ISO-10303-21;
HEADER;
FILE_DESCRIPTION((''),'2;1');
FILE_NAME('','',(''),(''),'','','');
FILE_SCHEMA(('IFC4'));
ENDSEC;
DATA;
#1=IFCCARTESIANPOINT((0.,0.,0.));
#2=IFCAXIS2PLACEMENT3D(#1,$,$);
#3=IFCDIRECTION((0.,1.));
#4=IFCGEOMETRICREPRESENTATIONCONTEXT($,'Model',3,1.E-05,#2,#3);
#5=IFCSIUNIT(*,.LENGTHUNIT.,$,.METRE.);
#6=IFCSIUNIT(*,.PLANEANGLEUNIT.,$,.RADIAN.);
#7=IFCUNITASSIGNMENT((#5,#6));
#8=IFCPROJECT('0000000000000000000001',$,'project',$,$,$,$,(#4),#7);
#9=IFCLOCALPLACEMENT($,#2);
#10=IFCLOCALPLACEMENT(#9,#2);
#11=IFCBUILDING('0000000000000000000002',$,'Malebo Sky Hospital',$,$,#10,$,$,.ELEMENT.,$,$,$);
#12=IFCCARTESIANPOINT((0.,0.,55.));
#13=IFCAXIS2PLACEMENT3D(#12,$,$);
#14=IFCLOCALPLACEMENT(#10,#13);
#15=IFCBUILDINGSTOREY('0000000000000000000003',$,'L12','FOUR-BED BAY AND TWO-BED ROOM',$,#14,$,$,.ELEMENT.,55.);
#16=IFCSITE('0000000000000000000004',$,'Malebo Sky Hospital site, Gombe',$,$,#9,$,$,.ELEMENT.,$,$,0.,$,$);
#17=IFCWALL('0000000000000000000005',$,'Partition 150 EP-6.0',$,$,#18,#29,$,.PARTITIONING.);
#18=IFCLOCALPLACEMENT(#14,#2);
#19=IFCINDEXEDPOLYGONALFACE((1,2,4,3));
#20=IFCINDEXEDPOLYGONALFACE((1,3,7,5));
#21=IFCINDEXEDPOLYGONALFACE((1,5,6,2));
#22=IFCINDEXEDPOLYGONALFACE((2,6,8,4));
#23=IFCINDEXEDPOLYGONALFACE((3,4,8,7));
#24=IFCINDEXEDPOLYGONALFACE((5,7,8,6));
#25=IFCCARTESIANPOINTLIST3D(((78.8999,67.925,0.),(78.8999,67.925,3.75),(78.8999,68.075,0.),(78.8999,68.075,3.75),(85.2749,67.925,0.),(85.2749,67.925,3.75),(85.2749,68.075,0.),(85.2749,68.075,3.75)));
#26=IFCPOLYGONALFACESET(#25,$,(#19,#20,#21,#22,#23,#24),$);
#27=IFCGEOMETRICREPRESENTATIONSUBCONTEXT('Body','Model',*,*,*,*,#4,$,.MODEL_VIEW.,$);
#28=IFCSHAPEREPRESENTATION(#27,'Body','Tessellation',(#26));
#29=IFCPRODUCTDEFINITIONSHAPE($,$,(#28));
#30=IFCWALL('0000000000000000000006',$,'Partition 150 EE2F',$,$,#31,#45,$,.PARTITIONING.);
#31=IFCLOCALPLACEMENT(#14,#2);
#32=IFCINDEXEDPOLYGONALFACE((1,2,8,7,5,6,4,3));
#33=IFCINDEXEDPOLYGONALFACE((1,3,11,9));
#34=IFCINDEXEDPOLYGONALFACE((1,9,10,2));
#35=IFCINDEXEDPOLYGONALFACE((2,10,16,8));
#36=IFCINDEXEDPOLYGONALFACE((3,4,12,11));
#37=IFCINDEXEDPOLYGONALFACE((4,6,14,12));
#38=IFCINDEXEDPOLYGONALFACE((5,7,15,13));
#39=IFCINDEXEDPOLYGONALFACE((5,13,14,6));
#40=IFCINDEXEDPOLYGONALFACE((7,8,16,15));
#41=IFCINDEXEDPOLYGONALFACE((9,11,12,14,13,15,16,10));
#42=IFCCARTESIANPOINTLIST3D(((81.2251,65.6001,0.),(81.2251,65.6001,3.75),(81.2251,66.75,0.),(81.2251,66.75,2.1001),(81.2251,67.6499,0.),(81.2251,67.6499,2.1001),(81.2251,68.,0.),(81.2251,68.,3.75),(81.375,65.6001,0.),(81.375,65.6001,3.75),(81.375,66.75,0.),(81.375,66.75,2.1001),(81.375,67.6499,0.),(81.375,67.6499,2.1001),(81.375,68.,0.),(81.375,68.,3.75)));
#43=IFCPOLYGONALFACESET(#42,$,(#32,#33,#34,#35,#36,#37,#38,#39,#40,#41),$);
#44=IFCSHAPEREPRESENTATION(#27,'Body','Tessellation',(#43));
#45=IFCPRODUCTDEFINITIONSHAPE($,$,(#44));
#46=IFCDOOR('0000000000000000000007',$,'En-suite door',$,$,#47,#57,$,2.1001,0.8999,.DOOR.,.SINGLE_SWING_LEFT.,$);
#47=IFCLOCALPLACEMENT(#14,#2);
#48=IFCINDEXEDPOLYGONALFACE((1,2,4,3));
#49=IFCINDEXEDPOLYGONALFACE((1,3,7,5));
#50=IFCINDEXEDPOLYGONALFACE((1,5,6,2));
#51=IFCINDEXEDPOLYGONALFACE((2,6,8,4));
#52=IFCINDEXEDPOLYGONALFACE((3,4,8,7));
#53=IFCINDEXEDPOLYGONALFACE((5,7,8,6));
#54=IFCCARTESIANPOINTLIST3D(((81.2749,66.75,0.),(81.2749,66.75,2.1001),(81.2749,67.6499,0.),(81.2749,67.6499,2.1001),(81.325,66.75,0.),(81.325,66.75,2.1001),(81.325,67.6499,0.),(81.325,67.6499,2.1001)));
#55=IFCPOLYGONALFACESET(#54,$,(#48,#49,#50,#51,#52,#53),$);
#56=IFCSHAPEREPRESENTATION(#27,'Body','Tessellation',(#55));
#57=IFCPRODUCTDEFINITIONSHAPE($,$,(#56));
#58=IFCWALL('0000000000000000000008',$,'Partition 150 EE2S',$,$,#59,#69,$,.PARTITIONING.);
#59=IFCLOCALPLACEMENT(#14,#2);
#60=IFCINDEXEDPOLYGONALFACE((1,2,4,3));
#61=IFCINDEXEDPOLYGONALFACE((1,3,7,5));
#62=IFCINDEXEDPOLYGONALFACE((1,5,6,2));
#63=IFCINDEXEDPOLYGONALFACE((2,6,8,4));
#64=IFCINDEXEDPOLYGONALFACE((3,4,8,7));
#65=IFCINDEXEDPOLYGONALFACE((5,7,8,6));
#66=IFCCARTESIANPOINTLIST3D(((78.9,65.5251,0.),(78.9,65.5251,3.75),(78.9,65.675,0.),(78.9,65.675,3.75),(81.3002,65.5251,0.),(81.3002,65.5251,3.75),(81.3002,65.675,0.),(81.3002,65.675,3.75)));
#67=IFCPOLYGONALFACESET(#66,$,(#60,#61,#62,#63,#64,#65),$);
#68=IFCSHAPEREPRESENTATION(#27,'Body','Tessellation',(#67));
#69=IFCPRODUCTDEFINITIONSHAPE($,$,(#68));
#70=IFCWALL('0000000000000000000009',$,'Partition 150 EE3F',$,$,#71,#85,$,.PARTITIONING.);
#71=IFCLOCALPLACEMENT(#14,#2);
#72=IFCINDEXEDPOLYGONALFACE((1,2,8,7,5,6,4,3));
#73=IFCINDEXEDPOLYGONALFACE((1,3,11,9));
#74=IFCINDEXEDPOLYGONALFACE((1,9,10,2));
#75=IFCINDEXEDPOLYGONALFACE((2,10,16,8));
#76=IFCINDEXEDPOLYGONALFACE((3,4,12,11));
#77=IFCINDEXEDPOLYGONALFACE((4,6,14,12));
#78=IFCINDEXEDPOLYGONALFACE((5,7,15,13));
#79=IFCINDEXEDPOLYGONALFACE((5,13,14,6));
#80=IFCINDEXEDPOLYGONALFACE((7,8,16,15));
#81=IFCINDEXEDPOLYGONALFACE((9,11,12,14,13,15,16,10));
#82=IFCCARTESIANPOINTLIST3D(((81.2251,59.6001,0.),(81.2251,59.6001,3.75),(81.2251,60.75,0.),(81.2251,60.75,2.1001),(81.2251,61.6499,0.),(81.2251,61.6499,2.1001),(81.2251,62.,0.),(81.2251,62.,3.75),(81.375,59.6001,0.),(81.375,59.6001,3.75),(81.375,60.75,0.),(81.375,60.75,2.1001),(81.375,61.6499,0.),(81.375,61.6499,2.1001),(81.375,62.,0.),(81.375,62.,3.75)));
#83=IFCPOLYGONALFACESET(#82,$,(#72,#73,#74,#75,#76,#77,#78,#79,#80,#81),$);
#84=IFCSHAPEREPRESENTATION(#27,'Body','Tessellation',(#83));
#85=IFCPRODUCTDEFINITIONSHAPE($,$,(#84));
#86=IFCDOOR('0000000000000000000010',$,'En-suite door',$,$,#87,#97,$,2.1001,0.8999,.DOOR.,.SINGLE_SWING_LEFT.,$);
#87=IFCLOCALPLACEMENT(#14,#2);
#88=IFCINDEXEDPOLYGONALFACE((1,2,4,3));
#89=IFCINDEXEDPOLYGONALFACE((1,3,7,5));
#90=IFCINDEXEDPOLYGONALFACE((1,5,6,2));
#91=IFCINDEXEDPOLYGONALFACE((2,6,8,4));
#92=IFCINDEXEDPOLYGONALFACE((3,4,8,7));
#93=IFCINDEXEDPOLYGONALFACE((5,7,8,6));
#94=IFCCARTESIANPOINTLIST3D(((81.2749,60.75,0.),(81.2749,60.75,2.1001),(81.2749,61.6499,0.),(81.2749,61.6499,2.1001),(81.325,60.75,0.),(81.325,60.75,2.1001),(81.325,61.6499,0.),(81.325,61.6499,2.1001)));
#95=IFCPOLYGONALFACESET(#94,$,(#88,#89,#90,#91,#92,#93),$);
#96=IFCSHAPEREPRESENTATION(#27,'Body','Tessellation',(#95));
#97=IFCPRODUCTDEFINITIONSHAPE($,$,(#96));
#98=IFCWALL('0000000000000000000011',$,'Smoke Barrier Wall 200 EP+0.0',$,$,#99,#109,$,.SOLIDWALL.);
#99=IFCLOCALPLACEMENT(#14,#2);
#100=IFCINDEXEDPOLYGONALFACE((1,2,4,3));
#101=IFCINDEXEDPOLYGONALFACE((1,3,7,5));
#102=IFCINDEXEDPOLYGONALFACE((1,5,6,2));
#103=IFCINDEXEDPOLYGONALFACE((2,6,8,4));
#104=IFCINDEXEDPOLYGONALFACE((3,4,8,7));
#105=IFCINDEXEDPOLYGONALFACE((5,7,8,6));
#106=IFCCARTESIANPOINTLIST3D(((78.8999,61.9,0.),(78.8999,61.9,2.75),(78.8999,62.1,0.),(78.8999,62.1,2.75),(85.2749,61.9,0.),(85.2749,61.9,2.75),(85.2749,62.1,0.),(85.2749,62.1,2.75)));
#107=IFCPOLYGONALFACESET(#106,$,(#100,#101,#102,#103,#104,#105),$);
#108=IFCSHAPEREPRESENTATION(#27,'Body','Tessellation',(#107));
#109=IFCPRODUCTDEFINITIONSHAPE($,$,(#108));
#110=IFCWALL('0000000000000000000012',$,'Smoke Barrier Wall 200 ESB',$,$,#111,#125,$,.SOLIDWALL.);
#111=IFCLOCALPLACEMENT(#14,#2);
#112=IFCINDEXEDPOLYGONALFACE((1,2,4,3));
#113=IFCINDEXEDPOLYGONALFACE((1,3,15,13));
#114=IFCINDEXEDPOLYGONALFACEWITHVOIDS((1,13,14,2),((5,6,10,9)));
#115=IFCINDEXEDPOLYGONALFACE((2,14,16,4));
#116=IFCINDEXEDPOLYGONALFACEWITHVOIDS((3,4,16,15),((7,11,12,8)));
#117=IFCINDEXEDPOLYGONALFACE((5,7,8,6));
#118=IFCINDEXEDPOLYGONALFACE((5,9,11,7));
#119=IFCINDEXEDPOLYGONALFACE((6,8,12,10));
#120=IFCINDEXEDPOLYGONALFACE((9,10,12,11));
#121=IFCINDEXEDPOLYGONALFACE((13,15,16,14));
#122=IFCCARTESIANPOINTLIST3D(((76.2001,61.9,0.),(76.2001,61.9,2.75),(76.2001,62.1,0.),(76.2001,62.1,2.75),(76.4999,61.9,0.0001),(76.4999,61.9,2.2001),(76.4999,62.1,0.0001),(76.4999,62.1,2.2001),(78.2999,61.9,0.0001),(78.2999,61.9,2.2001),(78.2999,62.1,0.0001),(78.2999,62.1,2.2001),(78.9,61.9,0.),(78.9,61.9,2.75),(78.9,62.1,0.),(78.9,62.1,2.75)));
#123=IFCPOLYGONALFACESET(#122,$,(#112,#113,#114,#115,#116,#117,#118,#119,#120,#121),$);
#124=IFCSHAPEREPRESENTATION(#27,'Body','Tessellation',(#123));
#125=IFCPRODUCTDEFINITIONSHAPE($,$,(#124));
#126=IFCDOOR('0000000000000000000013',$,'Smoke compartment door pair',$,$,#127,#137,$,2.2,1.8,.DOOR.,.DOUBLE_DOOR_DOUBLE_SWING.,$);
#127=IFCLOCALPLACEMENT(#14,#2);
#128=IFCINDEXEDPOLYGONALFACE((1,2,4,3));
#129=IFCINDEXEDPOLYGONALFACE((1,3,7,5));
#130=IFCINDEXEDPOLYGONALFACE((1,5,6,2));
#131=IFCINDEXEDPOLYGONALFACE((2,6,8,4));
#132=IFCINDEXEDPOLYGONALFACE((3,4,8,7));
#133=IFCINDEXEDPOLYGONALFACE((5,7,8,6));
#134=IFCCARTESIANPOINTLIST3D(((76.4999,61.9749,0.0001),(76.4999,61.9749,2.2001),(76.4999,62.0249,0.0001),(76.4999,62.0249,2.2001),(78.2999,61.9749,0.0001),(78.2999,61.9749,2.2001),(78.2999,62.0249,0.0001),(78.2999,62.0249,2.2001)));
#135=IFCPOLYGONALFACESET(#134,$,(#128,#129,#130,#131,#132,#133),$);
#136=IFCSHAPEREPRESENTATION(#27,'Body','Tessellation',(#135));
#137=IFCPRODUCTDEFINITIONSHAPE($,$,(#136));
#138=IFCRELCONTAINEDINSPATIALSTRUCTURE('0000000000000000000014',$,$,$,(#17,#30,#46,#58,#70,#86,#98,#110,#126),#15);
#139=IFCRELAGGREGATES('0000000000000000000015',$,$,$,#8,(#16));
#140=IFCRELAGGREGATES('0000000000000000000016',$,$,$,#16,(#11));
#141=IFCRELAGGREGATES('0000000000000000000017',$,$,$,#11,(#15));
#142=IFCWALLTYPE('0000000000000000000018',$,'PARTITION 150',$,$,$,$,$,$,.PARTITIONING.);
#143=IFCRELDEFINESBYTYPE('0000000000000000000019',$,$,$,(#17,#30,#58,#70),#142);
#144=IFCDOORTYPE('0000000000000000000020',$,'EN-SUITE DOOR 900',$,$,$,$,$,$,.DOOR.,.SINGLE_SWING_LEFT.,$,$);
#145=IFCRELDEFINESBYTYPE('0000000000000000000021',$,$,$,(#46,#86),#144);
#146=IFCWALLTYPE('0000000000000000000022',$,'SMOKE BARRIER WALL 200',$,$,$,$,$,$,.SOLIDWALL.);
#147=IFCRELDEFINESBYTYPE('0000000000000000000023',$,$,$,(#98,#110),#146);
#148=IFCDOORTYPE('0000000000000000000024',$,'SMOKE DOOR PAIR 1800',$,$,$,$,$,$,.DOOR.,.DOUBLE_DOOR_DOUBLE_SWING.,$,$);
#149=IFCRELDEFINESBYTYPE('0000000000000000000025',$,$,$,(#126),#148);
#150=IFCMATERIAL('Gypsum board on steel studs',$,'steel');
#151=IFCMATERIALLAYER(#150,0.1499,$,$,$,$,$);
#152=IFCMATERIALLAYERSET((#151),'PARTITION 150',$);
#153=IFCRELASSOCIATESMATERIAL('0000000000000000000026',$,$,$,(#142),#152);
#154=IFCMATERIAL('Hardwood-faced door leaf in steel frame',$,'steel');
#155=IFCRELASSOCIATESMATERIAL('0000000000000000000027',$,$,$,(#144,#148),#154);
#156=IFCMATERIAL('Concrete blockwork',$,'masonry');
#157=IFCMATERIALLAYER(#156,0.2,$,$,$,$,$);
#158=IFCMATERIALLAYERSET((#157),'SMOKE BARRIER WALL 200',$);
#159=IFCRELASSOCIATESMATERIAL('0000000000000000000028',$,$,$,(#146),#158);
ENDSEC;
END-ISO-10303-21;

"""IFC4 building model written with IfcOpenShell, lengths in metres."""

from ifc_helpers import new_model, si_unit, direction, frame, frame_2d, origin, place, context, subcontext, project, spatial, rectangle, extrude, material, layer, layer_set, type_object, element, fill, save


model = new_model("IFC4")

# Units and contexts
model_context = context("Model", 3, precision=1e-05, world=origin(), true_north=direction((0.0, 1.0)))
body_context = subcontext(model_context, "Body", "Model", "MODEL_VIEW")
ifc_project = project(units=[si_unit("LENGTHUNIT", "METRE"), si_unit("PLANEANGLEUNIT", "RADIAN")], contexts=[model_context])

# Site, building, storey
site_placement = place(None, origin())
site = spatial("IfcSite", under=ifc_project, at=site_placement, Name="Malebo Sky Hospital site, Gombe", CompositionType="ELEMENT", RefElevation=0.0)
building_placement = place(site_placement, origin())
building = spatial("IfcBuilding", under=site, at=building_placement, Name="Malebo Sky Hospital", CompositionType="ELEMENT")
storey_placement = place(building_placement, frame((0.0, 0.0, 55.0)))
storey = spatial("IfcBuildingStorey", under=building, at=storey_placement, Name="L12", Description="FOUR-BED BAY AND TWO-BED ROOM", CompositionType="ELEMENT", Elevation=55.0)

# Shared definitions
ifc_material_1 = material(Name="Gypsum board on steel studs", Category="steel")
ifc_material_2 = material(Name="Hardwood-faced door leaf in steel frame", Category="steel")

# Wall
ifc_layer_1 = layer(ifc_material_1, 0.1499)
ifc_layer_set_1 = layer_set([ifc_layer_1], Name="PARTITION 150")
wall_type_1 = type_object("IfcWallType", Name="PARTITION 150", PredefinedType="PARTITIONING", material=ifc_layer_set_1)
wall_1_placement = place(storey_placement, frame((78.8999, 68.0, 0.0), z_axis=(0.0, 0.0, 1.0), x_axis=(1.0, 0.0, 0.0)))
element("IfcWall", 1, at=wall_1_placement, inside=storey, type_object=wall_type_1, Name="Partition 150 EP-6.0", PredefinedType="PARTITIONING", context=body_context, shape_type="SweptSolid", body=[
    extrude(rectangle(XDim=6.375, YDim=0.1499, at=frame_2d((3.1875, 0.0))), origin(), (0.0, 0.0, 1.0), 3.75),
])

# Wall, opening, door
wall_2_placement = place(storey_placement, frame((81.3, 68.0, 0.0), z_axis=(0.0, 0.0, 1.0), x_axis=(0.0, -1.0, 0.0)))
wall_2 = element("IfcWall", 2, at=wall_2_placement, inside=storey, type_object=wall_type_1, Name="Partition 150 EE2F", PredefinedType="PARTITIONING", context=body_context, shape_type="SweptSolid", body=[
    extrude(rectangle(XDim=2.3999, YDim=0.1499, at=frame_2d((1.2, 0.0))), origin(), (0.0, 0.0, 1.0), 3.75),
])
opening_1_placement = place(wall_2_placement, frame((0.3501, 0.0, 0.0)))
opening_1 = element("IfcOpeningElement", 3, at=opening_1_placement, cuts=wall_2, PredefinedType="OPENING", context=body_context, shape_type="SweptSolid", body=[
    extrude(rectangle(XDim=0.8999, YDim=2.1001, at=frame_2d((0.45, 1.05))), frame((0.0, 0.085, 0.0), z_axis=(0.0, -1.0, 0.0), x_axis=(1.0, 0.0, 0.0)), (0.0, 0.0, 1.0), 0.1699),
])
door_type_1 = type_object("IfcDoorType", Name="EN-SUITE DOOR 900", OperationType="SINGLE_SWING_LEFT", PredefinedType="DOOR", material=ifc_material_2)
door_1_placement = place(opening_1_placement, origin())
door_1 = element("IfcDoor", 4, at=door_1_placement, inside=storey, type_object=door_type_1, Name="En-suite door", OperationType="SINGLE_SWING_LEFT", OverallHeight=2.1001, OverallWidth=0.8999, PredefinedType="DOOR", context=body_context, shape_type="SweptSolid", body=[
    extrude(rectangle(XDim=0.8999, YDim=2.1001, at=frame_2d((0.45, 1.05))), frame((0.0, 0.0249, 0.0), z_axis=(0.0, -1.0, 0.0), x_axis=(1.0, 0.0, 0.0)), (0.0, 0.0, 1.0), 0.05),
])
fill(opening_1, door_1)

# Wall
wall_3_placement = place(storey_placement, frame((78.8999, 65.6001, 0.0), z_axis=(0.0, 0.0, 1.0), x_axis=(1.0, 0.0, 0.0)))
element("IfcWall", 5, at=wall_3_placement, inside=storey, type_object=wall_type_1, Name="Partition 150 EE2S", PredefinedType="PARTITIONING", context=body_context, shape_type="SweptSolid", body=[
    extrude(rectangle(XDim=2.4001, YDim=0.1499, at=frame_2d((1.2002, 0.0))), origin(), (0.0, 0.0, 1.0), 3.75),
])

# Wall, opening, door
wall_4_placement = place(storey_placement, frame((81.3, 62.0, 0.0), z_axis=(0.0, 0.0, 1.0), x_axis=(0.0, -1.0, 0.0)))
wall_4 = element("IfcWall", 6, at=wall_4_placement, inside=storey, type_object=wall_type_1, Name="Partition 150 EE3F", PredefinedType="PARTITIONING", context=body_context, shape_type="SweptSolid", body=[
    extrude(rectangle(XDim=2.3999, YDim=0.1499, at=frame_2d((1.2, 0.0))), origin(), (0.0, 0.0, 1.0), 3.75),
])
opening_2_placement = place(wall_4_placement, frame((0.3501, 0.0, 0.0)))
opening_2 = element("IfcOpeningElement", 7, at=opening_2_placement, cuts=wall_4, PredefinedType="OPENING", context=body_context, shape_type="SweptSolid", body=[
    extrude(rectangle(XDim=0.8999, YDim=2.1001, at=frame_2d((0.45, 1.05))), frame((0.0, 0.085, 0.0), z_axis=(0.0, -1.0, 0.0), x_axis=(1.0, 0.0, 0.0)), (0.0, 0.0, 1.0), 0.1699),
])
door_2_placement = place(opening_2_placement, origin())
door_2 = element("IfcDoor", 8, at=door_2_placement, inside=storey, type_object=door_type_1, Name="En-suite door", OperationType="SINGLE_SWING_LEFT", OverallHeight=2.1001, OverallWidth=0.8999, PredefinedType="DOOR", context=body_context, shape_type="SweptSolid", body=[
    extrude(rectangle(XDim=0.8999, YDim=2.1001, at=frame_2d((0.45, 1.05))), frame((0.0, 0.0249, 0.0), z_axis=(0.0, -1.0, 0.0), x_axis=(1.0, 0.0, 0.0)), (0.0, 0.0, 1.0), 0.05),
])
fill(opening_2, door_2)

# Wall
ifc_material_3 = material(Name="Concrete blockwork", Category="masonry")
ifc_layer_2 = layer(ifc_material_3, 0.2)
ifc_layer_set_2 = layer_set([ifc_layer_2], Name="SMOKE BARRIER WALL 200")
wall_type_2 = type_object("IfcWallType", Name="SMOKE BARRIER WALL 200", PredefinedType="SOLIDWALL", material=ifc_layer_set_2)
wall_5_placement = place(storey_placement, frame((78.8999, 62.0, 0.0), z_axis=(0.0, 0.0, 1.0), x_axis=(1.0, 0.0, 0.0)))
element("IfcWall", 9, at=wall_5_placement, inside=storey, type_object=wall_type_2, Name="Smoke Barrier Wall 200 EP+0.0", PredefinedType="SOLIDWALL", context=body_context, shape_type="SweptSolid", body=[
    extrude(rectangle(XDim=6.375, YDim=0.2, at=frame_2d((3.1875, 0.0))), origin(), (0.0, 0.0, 1.0), 2.75),
])

# Wall, opening, door
wall_6_placement = place(storey_placement, frame((76.2, 62.0, 0.0), z_axis=(0.0, 0.0, 1.0), x_axis=(1.0, 0.0, 0.0)))
wall_6 = element("IfcWall", 10, at=wall_6_placement, inside=storey, type_object=wall_type_2, Name="Smoke Barrier Wall 200 ESB", PredefinedType="SOLIDWALL", context=body_context, shape_type="SweptSolid", body=[
    extrude(rectangle(XDim=2.7, YDim=0.2, at=frame_2d((1.3501, 0.0))), origin(), (0.0, 0.0, 1.0), 2.75),
])
opening_3_placement = place(wall_6_placement, frame((0.3, 0.0, 0.0)))
opening_3 = element("IfcOpeningElement", 11, at=opening_3_placement, cuts=wall_6, PredefinedType="OPENING", context=body_context, shape_type="SweptSolid", body=[
    extrude(rectangle(XDim=1.8, YDim=2.2, at=frame_2d((0.8999, 1.1001))), frame((0.0, 0.1099, 0.0), z_axis=(0.0, -1.0, 0.0), x_axis=(1.0, 0.0, 0.0)), (0.0, 0.0, 1.0), 0.22),
])
door_type_2 = type_object("IfcDoorType", Name="SMOKE DOOR PAIR 1800", OperationType="DOUBLE_DOOR_DOUBLE_SWING", PredefinedType="DOOR", material=ifc_material_2)
door_3_placement = place(opening_3_placement, origin())
door_3 = element("IfcDoor", 12, at=door_3_placement, inside=storey, type_object=door_type_2, Name="Smoke compartment door pair", OperationType="DOUBLE_DOOR_DOUBLE_SWING", OverallHeight=2.2, OverallWidth=1.8, PredefinedType="DOOR", context=body_context, shape_type="SweptSolid", body=[
    extrude(rectangle(XDim=1.8, YDim=2.2, at=frame_2d((0.8999, 1.1001))), frame((0.0, 0.0249, 0.0), z_axis=(0.0, -1.0, 0.0), x_axis=(1.0, 0.0, 0.0)), (0.0, 0.0, 1.0), 0.05),
])
fill(opening_3, door_3)

save(model, "model.ifc")
